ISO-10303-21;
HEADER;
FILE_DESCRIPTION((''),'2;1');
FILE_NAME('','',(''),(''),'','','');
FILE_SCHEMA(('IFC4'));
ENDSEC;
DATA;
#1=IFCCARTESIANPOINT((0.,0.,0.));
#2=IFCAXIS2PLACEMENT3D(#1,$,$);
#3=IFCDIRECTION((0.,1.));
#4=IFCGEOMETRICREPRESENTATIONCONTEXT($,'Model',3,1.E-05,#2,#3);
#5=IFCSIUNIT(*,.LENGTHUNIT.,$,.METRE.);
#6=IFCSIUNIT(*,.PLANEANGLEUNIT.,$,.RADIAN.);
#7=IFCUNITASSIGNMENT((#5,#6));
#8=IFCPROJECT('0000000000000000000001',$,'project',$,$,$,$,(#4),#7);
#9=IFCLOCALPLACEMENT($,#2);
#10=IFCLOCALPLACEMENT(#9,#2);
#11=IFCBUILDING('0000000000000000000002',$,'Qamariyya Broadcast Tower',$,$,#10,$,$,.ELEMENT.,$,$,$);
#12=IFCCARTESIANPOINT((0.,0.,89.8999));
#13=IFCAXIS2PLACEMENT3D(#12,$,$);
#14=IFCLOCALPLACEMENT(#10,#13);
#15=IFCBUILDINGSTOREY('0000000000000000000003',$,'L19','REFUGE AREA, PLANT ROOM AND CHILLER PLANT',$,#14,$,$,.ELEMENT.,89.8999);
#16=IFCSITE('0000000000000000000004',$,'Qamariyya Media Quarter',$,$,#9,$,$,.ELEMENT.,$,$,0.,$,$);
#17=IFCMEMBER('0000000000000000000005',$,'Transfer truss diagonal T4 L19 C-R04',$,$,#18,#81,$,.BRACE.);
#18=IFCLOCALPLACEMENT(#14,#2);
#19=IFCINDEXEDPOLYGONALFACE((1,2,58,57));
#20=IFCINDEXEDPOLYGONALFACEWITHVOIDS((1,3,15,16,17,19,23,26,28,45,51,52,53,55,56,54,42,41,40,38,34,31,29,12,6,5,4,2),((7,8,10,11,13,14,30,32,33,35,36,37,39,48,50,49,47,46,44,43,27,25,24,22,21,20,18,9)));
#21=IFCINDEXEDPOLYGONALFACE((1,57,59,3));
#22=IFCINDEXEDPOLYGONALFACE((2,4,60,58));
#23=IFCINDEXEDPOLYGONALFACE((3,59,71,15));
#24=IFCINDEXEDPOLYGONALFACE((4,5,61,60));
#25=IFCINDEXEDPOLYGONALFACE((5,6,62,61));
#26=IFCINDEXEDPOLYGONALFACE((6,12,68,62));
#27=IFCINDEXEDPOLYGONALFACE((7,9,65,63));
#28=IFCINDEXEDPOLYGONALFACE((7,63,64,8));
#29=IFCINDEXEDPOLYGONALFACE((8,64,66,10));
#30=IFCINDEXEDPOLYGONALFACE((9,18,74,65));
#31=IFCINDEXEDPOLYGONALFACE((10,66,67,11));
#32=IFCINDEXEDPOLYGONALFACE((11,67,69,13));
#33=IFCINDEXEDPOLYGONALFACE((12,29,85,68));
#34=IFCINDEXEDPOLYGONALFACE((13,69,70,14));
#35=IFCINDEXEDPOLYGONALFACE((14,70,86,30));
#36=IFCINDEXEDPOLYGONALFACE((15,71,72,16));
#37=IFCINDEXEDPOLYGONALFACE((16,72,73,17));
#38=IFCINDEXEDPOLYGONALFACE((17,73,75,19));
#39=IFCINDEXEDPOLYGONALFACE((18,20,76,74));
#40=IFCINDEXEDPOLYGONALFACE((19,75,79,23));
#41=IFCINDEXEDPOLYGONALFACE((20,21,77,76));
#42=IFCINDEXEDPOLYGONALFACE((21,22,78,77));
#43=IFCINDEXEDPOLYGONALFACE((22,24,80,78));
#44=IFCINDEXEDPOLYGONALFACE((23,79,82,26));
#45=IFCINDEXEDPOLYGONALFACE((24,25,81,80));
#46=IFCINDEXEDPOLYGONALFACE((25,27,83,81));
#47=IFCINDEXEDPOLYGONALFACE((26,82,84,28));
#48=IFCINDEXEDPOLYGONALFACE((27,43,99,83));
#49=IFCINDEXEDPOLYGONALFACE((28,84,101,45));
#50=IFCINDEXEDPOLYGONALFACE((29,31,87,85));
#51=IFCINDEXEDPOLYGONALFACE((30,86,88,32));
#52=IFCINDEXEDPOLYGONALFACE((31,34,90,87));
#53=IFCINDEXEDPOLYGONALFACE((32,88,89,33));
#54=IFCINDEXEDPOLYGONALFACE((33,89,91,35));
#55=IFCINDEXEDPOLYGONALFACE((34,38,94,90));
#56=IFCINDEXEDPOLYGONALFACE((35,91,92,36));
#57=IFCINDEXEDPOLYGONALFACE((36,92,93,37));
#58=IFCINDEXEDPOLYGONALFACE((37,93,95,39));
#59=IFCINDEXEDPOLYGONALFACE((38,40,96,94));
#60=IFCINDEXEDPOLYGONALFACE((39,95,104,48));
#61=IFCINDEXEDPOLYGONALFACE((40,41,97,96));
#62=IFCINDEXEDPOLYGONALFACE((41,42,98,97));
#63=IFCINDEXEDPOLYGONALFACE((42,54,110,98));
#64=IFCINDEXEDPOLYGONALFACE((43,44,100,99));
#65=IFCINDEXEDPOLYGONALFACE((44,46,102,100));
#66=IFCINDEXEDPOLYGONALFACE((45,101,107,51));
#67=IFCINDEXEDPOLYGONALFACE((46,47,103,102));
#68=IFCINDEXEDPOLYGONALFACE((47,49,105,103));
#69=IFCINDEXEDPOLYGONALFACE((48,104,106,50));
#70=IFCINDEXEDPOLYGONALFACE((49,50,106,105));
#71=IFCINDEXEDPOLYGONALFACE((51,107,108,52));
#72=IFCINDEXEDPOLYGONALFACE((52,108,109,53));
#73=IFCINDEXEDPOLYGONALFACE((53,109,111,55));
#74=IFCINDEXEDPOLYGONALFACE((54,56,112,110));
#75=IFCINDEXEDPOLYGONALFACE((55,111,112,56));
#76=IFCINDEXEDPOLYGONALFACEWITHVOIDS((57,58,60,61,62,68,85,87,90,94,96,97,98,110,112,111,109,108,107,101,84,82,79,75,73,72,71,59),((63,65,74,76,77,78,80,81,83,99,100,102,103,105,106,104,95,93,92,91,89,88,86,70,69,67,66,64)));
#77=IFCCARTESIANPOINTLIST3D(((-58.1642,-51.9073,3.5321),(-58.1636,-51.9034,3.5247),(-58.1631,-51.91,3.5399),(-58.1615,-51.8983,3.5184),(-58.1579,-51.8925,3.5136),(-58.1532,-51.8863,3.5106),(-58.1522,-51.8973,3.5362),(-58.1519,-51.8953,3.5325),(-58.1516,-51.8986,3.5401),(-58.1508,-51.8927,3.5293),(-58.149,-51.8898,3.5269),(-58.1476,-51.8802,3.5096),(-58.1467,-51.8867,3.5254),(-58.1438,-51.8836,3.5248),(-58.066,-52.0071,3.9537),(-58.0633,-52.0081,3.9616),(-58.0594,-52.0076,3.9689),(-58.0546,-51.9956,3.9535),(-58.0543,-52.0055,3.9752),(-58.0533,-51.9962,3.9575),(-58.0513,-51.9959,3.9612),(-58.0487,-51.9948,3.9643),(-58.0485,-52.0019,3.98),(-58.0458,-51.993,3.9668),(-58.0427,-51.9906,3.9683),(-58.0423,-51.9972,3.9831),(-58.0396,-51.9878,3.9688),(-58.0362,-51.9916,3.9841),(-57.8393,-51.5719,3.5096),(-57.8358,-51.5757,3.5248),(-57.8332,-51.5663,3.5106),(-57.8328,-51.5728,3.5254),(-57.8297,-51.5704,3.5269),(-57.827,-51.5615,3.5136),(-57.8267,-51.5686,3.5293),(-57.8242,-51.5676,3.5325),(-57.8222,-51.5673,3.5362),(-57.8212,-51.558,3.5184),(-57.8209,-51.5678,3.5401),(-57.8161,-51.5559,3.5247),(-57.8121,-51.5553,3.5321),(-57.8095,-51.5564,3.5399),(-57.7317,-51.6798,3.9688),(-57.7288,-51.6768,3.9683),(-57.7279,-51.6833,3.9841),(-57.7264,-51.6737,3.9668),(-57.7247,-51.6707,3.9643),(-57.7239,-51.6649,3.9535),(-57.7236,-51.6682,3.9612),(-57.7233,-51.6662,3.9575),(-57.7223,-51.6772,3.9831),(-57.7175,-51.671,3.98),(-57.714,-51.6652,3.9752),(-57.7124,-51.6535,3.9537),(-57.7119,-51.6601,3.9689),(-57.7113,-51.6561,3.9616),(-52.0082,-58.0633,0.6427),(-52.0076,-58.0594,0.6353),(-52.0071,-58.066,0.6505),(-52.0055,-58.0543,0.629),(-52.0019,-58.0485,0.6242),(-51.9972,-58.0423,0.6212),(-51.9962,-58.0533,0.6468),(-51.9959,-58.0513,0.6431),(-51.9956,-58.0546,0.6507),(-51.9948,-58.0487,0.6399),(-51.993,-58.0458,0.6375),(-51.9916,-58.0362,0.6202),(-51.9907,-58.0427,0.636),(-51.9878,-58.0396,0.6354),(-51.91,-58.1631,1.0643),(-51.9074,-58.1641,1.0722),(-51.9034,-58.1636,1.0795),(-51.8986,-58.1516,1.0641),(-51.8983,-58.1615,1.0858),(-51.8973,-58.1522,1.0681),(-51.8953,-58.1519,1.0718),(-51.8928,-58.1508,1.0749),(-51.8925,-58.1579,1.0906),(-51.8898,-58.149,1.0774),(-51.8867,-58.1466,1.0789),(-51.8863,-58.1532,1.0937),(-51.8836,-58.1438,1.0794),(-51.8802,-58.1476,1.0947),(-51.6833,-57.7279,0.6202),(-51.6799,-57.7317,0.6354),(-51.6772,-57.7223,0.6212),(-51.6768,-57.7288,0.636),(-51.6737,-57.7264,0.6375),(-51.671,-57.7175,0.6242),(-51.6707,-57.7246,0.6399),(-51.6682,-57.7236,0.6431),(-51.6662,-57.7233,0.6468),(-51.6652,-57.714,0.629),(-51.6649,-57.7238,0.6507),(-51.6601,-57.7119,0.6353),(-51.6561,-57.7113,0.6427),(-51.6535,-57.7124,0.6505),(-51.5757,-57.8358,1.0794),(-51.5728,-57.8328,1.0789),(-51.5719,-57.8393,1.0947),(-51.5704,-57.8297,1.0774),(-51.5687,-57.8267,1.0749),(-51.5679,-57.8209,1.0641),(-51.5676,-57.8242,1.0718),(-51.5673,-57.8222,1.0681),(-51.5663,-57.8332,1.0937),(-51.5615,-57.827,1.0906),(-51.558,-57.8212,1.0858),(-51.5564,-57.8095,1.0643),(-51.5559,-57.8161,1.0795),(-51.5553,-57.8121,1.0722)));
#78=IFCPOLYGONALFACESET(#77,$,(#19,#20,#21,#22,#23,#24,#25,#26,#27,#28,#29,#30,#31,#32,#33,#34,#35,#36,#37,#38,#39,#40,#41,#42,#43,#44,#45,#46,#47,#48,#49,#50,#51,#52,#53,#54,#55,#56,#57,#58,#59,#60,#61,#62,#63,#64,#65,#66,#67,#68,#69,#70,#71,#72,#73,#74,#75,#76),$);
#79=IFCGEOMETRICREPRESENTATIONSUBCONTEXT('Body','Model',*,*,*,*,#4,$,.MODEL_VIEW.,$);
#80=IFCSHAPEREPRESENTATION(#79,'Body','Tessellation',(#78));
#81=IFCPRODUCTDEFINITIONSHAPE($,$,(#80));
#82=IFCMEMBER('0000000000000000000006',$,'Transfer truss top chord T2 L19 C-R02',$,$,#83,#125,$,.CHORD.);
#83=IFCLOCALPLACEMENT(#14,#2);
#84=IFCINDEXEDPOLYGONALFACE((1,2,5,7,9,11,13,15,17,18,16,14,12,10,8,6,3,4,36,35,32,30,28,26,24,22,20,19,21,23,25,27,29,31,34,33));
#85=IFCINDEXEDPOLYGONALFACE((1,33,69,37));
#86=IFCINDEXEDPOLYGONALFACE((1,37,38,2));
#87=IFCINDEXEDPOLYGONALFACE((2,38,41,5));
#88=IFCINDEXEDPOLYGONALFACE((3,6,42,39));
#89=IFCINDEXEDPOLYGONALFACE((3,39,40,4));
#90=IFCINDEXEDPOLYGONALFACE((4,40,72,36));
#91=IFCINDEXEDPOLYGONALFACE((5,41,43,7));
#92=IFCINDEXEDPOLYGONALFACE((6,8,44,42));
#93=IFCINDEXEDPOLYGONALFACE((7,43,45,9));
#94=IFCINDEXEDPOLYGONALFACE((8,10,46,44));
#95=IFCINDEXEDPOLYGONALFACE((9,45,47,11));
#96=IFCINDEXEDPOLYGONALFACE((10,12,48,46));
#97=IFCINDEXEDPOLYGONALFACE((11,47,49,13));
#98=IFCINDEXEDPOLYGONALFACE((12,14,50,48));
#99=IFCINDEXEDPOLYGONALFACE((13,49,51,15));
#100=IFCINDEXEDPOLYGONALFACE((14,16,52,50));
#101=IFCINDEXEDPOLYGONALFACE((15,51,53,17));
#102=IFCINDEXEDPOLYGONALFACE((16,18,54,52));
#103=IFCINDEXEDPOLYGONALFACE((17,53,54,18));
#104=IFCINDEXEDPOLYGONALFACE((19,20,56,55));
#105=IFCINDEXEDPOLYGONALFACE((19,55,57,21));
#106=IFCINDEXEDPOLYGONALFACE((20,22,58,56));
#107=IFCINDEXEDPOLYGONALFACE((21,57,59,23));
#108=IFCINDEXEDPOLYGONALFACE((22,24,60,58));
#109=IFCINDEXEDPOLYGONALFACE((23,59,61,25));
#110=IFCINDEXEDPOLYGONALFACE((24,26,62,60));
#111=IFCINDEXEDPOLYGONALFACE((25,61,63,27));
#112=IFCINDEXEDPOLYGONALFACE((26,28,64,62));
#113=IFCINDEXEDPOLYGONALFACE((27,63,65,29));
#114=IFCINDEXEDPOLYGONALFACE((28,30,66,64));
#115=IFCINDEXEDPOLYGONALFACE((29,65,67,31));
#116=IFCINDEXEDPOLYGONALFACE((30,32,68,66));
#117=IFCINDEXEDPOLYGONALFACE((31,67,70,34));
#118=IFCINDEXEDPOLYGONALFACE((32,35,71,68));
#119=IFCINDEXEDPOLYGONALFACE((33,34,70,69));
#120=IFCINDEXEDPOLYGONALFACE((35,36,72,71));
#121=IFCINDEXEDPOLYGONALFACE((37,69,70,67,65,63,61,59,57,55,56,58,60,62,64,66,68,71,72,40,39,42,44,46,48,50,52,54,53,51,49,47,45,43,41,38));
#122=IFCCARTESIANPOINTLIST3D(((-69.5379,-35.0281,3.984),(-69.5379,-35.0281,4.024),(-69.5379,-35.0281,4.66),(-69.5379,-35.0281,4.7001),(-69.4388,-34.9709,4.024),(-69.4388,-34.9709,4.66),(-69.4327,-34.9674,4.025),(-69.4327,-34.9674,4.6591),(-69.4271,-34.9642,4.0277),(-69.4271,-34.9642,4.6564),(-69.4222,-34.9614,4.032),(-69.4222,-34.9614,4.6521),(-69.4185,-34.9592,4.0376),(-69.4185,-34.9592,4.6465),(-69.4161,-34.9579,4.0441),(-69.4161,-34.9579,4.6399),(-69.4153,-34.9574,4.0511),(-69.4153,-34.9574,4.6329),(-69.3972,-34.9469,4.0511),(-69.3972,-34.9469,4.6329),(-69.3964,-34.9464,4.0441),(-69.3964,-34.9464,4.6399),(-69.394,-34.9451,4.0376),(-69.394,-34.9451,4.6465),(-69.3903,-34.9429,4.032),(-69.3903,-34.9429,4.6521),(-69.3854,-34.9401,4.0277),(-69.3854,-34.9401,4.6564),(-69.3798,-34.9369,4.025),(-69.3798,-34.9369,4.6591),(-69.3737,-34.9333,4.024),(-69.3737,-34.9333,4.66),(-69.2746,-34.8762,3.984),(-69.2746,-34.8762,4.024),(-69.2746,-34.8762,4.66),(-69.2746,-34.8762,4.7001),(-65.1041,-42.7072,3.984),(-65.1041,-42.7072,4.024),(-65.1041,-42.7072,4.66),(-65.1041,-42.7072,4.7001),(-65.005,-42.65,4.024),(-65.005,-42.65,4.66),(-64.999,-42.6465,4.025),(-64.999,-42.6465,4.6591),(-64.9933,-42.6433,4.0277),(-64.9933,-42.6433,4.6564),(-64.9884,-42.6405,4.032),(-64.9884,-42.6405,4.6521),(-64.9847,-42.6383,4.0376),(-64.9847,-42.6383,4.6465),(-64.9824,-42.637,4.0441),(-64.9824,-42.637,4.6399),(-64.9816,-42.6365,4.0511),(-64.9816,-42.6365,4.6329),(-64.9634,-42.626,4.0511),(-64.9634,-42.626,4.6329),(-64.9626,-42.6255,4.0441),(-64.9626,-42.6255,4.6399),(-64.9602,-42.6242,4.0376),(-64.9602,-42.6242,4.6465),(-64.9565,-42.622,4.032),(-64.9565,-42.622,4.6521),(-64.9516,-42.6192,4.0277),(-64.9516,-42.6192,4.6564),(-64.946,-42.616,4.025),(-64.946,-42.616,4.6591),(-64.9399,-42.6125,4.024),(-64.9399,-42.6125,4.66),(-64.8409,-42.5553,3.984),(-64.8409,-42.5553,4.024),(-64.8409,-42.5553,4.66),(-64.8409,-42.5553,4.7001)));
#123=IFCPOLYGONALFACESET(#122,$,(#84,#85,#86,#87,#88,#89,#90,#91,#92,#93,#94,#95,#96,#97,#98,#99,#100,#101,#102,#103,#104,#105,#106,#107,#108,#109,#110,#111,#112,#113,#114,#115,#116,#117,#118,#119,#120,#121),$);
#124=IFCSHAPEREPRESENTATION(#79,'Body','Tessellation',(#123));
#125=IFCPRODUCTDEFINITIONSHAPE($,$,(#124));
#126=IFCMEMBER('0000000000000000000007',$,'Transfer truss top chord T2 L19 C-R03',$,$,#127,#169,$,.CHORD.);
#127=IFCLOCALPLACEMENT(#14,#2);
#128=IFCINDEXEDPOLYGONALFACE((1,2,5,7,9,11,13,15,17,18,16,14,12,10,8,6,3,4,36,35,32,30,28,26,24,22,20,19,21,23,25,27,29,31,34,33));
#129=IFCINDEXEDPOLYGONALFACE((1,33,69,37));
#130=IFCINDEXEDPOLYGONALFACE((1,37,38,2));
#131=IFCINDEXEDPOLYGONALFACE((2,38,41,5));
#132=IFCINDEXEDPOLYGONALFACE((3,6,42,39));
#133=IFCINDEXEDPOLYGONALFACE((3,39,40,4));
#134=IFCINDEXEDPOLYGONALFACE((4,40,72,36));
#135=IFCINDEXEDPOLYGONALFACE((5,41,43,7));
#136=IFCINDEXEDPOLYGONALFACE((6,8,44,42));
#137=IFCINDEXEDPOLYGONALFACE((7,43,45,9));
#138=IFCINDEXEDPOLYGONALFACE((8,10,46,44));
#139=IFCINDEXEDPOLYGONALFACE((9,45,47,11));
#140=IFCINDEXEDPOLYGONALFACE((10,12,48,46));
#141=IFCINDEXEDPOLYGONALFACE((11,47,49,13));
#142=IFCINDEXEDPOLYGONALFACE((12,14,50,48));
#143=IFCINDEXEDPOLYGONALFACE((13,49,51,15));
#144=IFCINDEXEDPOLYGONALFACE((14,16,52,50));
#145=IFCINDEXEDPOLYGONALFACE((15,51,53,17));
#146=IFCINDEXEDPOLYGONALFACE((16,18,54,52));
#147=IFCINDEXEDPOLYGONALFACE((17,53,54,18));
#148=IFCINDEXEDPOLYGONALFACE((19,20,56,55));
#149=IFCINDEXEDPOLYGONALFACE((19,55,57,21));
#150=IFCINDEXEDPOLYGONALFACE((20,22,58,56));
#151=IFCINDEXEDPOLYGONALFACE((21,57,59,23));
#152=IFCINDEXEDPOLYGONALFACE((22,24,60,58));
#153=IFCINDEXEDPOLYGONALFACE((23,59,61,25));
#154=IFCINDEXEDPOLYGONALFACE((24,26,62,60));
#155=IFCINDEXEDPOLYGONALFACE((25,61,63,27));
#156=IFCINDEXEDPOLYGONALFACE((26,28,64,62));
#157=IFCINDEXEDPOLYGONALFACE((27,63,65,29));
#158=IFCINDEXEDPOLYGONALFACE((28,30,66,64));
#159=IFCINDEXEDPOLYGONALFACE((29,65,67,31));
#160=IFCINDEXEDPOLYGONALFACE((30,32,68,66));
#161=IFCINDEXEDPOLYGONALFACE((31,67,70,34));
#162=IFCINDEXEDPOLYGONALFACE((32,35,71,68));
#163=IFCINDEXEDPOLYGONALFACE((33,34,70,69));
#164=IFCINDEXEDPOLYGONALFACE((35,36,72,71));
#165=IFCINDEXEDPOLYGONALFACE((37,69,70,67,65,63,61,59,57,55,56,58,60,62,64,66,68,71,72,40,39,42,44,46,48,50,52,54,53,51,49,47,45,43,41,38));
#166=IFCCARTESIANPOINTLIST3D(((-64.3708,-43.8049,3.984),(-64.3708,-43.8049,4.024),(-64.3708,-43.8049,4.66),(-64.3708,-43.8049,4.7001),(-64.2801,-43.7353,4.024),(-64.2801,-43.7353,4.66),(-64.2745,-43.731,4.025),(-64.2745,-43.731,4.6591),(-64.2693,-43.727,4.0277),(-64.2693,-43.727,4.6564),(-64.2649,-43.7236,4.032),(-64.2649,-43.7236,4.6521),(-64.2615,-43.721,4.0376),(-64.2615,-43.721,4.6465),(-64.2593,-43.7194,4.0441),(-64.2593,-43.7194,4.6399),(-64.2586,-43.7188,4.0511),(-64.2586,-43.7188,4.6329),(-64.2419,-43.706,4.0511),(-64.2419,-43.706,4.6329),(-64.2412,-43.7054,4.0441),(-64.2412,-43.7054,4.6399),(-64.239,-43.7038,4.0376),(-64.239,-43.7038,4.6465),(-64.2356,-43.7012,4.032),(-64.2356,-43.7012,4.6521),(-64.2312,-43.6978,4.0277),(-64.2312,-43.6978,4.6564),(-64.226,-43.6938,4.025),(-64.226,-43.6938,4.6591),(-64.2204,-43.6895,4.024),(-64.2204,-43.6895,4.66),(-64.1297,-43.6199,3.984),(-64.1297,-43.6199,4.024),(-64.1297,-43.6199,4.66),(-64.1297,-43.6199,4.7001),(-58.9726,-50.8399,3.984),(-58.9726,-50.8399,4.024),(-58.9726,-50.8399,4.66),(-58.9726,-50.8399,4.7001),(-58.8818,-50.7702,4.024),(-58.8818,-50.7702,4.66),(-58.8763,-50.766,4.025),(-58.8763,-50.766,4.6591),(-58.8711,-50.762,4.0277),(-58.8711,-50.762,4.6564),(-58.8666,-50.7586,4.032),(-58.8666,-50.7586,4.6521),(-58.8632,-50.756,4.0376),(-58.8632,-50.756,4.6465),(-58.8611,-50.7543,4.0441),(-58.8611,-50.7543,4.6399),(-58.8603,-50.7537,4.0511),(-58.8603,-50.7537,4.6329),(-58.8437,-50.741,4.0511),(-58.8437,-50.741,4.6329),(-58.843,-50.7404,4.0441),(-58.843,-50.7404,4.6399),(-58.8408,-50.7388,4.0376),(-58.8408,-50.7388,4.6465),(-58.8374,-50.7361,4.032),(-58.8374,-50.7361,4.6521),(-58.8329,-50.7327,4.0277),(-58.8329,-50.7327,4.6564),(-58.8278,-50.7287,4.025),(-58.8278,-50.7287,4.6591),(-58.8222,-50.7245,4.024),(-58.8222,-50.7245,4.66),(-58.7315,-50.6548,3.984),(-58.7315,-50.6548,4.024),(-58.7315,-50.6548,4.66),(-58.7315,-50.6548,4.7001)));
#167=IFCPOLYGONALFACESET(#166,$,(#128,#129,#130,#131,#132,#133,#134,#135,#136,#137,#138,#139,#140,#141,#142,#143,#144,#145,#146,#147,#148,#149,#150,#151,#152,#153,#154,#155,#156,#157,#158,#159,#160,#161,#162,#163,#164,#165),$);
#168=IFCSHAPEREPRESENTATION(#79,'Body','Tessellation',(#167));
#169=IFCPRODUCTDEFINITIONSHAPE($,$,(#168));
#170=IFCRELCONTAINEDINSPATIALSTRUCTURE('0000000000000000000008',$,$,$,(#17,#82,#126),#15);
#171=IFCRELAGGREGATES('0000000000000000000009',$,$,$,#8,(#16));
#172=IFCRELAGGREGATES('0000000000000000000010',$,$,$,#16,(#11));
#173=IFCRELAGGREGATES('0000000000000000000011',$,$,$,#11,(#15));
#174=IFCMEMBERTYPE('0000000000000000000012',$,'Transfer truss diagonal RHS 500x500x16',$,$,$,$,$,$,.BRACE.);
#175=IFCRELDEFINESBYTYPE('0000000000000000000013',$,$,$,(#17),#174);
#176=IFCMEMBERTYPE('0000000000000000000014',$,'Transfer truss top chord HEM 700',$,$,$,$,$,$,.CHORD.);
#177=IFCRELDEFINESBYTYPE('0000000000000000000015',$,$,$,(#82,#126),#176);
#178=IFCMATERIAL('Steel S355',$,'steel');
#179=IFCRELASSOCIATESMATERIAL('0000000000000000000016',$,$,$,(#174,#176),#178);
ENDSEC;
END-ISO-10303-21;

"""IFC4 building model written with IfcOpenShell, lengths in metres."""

from ifc_helpers import new_model, si_unit, direction, frame, origin, origin_2d, place, context, subcontext, project, spatial, hollow_rectangle, i_section, extrude, material, material_profile, profile_set, type_object, element, save


model = new_model("IFC4")

# Units and contexts
model_context = context("Model", 3, precision=1e-05, world=origin(), true_north=direction((0.0, 1.0)))
body_context = subcontext(model_context, "Body", "Model", "MODEL_VIEW")
ifc_project = project(units=[si_unit("LENGTHUNIT", "METRE"), si_unit("PLANEANGLEUNIT", "RADIAN")], contexts=[model_context])

# Site, building, storey
site_placement = place(None, origin())
site = spatial("IfcSite", under=ifc_project, at=site_placement, Name="Qamariyya Media Quarter", CompositionType="ELEMENT", RefElevation=0.0)
building_placement = place(site_placement, origin())
building = spatial("IfcBuilding", under=site, at=building_placement, Name="Qamariyya Broadcast Tower", CompositionType="ELEMENT")
storey_placement = place(building_placement, frame((0.0, 0.0, 89.8999)))
storey = spatial("IfcBuildingStorey", under=building, at=storey_placement, Name="L19", Description="REFUGE AREA, PLANT ROOM AND CHILLER PLANT", CompositionType="ELEMENT", Elevation=89.8999)

# Members
ifc_material_1 = material(Name="Steel S355", Category="steel")
ifc_material_profile_1 = material_profile(ifc_material_1, hollow_rectangle(XDim=0.5, YDim=0.5, WallThickness=0.0161, InnerFilletRadius=0.0161, OuterFilletRadius=0.032, at=origin_2d()))
ifc_profile_set_1 = profile_set([ifc_material_profile_1], Name="Steel S355")
member_type_1 = type_object("IfcMemberType", Name="Transfer truss diagonal RHS 500x500x16", PredefinedType="BRACE", material=ifc_profile_set_1)
for number, where, z_axis, x_axis, name in (
    (1, (-57.9377, -51.7817, 3.7468), (0.67111, -0.67111, -0.314995), (0.707107, 0.707107, 0.0), "Transfer truss diagonal T4 L19 C-R04"),
):
    element("IfcMember", number, at=place(storey_placement, frame(where, z_axis=z_axis, x_axis=x_axis)), inside=storey, type_object=member_type_1, Name=name, PredefinedType="BRACE", context=body_context, shape_type="SweptSolid", body=[
        extrude(hollow_rectangle(XDim=0.5, YDim=0.5, WallThickness=0.0161, InnerFilletRadius=0.0161, OuterFilletRadius=0.032, at=origin_2d()), origin(), (0.0, 0.0, 1.0), 9.1729),
    ])
ifc_material_profile_2 = material_profile(ifc_material_1, i_section(OverallWidth=0.304, OverallDepth=0.7161, WebThickness=0.021, FlangeThickness=0.04, FilletRadius=0.0271, at=origin_2d()))
ifc_profile_set_2 = profile_set([ifc_material_profile_2], Name="Steel S355")
member_type_2 = type_object("IfcMemberType", Name="Transfer truss top chord HEM 700", PredefinedType="CHORD", material=ifc_profile_set_2)
member_1_placement = place(storey_placement, frame((-69.4062, -34.9521, 4.342), z_axis=(0.500021, -0.866013, 0.0), x_axis=(0.866013, 0.500021, 0.0)))
element("IfcMember", 2, at=member_1_placement, inside=storey, type_object=member_type_2, Name="Transfer truss top chord T2 L19 C-R02", PredefinedType="CHORD", context=body_context, shape_type="SweptSolid", body=[
    extrude(i_section(OverallWidth=0.304, OverallDepth=0.7161, WebThickness=0.021, FlangeThickness=0.04, FilletRadius=0.0271, at=origin_2d()), origin(), (0.0, 0.0, 1.0), 8.8672),
])
member_2_placement = place(storey_placement, frame((-64.2502, -43.7124, 4.342), z_axis=(0.60877, -0.793347, 0.0), x_axis=(0.793347, 0.60877, 0.0)))
element("IfcMember", 3, at=member_2_placement, inside=storey, type_object=member_type_2, Name="Transfer truss top chord T2 L19 C-R03", PredefinedType="CHORD", context=body_context, shape_type="SweptSolid", body=[
    extrude(i_section(OverallWidth=0.304, OverallDepth=0.7161, WebThickness=0.021, FlangeThickness=0.04, FilletRadius=0.0271, at=origin_2d()), origin(), (0.0, 0.0, 1.0), 8.8674),
])

save(model, "model.ifc")
